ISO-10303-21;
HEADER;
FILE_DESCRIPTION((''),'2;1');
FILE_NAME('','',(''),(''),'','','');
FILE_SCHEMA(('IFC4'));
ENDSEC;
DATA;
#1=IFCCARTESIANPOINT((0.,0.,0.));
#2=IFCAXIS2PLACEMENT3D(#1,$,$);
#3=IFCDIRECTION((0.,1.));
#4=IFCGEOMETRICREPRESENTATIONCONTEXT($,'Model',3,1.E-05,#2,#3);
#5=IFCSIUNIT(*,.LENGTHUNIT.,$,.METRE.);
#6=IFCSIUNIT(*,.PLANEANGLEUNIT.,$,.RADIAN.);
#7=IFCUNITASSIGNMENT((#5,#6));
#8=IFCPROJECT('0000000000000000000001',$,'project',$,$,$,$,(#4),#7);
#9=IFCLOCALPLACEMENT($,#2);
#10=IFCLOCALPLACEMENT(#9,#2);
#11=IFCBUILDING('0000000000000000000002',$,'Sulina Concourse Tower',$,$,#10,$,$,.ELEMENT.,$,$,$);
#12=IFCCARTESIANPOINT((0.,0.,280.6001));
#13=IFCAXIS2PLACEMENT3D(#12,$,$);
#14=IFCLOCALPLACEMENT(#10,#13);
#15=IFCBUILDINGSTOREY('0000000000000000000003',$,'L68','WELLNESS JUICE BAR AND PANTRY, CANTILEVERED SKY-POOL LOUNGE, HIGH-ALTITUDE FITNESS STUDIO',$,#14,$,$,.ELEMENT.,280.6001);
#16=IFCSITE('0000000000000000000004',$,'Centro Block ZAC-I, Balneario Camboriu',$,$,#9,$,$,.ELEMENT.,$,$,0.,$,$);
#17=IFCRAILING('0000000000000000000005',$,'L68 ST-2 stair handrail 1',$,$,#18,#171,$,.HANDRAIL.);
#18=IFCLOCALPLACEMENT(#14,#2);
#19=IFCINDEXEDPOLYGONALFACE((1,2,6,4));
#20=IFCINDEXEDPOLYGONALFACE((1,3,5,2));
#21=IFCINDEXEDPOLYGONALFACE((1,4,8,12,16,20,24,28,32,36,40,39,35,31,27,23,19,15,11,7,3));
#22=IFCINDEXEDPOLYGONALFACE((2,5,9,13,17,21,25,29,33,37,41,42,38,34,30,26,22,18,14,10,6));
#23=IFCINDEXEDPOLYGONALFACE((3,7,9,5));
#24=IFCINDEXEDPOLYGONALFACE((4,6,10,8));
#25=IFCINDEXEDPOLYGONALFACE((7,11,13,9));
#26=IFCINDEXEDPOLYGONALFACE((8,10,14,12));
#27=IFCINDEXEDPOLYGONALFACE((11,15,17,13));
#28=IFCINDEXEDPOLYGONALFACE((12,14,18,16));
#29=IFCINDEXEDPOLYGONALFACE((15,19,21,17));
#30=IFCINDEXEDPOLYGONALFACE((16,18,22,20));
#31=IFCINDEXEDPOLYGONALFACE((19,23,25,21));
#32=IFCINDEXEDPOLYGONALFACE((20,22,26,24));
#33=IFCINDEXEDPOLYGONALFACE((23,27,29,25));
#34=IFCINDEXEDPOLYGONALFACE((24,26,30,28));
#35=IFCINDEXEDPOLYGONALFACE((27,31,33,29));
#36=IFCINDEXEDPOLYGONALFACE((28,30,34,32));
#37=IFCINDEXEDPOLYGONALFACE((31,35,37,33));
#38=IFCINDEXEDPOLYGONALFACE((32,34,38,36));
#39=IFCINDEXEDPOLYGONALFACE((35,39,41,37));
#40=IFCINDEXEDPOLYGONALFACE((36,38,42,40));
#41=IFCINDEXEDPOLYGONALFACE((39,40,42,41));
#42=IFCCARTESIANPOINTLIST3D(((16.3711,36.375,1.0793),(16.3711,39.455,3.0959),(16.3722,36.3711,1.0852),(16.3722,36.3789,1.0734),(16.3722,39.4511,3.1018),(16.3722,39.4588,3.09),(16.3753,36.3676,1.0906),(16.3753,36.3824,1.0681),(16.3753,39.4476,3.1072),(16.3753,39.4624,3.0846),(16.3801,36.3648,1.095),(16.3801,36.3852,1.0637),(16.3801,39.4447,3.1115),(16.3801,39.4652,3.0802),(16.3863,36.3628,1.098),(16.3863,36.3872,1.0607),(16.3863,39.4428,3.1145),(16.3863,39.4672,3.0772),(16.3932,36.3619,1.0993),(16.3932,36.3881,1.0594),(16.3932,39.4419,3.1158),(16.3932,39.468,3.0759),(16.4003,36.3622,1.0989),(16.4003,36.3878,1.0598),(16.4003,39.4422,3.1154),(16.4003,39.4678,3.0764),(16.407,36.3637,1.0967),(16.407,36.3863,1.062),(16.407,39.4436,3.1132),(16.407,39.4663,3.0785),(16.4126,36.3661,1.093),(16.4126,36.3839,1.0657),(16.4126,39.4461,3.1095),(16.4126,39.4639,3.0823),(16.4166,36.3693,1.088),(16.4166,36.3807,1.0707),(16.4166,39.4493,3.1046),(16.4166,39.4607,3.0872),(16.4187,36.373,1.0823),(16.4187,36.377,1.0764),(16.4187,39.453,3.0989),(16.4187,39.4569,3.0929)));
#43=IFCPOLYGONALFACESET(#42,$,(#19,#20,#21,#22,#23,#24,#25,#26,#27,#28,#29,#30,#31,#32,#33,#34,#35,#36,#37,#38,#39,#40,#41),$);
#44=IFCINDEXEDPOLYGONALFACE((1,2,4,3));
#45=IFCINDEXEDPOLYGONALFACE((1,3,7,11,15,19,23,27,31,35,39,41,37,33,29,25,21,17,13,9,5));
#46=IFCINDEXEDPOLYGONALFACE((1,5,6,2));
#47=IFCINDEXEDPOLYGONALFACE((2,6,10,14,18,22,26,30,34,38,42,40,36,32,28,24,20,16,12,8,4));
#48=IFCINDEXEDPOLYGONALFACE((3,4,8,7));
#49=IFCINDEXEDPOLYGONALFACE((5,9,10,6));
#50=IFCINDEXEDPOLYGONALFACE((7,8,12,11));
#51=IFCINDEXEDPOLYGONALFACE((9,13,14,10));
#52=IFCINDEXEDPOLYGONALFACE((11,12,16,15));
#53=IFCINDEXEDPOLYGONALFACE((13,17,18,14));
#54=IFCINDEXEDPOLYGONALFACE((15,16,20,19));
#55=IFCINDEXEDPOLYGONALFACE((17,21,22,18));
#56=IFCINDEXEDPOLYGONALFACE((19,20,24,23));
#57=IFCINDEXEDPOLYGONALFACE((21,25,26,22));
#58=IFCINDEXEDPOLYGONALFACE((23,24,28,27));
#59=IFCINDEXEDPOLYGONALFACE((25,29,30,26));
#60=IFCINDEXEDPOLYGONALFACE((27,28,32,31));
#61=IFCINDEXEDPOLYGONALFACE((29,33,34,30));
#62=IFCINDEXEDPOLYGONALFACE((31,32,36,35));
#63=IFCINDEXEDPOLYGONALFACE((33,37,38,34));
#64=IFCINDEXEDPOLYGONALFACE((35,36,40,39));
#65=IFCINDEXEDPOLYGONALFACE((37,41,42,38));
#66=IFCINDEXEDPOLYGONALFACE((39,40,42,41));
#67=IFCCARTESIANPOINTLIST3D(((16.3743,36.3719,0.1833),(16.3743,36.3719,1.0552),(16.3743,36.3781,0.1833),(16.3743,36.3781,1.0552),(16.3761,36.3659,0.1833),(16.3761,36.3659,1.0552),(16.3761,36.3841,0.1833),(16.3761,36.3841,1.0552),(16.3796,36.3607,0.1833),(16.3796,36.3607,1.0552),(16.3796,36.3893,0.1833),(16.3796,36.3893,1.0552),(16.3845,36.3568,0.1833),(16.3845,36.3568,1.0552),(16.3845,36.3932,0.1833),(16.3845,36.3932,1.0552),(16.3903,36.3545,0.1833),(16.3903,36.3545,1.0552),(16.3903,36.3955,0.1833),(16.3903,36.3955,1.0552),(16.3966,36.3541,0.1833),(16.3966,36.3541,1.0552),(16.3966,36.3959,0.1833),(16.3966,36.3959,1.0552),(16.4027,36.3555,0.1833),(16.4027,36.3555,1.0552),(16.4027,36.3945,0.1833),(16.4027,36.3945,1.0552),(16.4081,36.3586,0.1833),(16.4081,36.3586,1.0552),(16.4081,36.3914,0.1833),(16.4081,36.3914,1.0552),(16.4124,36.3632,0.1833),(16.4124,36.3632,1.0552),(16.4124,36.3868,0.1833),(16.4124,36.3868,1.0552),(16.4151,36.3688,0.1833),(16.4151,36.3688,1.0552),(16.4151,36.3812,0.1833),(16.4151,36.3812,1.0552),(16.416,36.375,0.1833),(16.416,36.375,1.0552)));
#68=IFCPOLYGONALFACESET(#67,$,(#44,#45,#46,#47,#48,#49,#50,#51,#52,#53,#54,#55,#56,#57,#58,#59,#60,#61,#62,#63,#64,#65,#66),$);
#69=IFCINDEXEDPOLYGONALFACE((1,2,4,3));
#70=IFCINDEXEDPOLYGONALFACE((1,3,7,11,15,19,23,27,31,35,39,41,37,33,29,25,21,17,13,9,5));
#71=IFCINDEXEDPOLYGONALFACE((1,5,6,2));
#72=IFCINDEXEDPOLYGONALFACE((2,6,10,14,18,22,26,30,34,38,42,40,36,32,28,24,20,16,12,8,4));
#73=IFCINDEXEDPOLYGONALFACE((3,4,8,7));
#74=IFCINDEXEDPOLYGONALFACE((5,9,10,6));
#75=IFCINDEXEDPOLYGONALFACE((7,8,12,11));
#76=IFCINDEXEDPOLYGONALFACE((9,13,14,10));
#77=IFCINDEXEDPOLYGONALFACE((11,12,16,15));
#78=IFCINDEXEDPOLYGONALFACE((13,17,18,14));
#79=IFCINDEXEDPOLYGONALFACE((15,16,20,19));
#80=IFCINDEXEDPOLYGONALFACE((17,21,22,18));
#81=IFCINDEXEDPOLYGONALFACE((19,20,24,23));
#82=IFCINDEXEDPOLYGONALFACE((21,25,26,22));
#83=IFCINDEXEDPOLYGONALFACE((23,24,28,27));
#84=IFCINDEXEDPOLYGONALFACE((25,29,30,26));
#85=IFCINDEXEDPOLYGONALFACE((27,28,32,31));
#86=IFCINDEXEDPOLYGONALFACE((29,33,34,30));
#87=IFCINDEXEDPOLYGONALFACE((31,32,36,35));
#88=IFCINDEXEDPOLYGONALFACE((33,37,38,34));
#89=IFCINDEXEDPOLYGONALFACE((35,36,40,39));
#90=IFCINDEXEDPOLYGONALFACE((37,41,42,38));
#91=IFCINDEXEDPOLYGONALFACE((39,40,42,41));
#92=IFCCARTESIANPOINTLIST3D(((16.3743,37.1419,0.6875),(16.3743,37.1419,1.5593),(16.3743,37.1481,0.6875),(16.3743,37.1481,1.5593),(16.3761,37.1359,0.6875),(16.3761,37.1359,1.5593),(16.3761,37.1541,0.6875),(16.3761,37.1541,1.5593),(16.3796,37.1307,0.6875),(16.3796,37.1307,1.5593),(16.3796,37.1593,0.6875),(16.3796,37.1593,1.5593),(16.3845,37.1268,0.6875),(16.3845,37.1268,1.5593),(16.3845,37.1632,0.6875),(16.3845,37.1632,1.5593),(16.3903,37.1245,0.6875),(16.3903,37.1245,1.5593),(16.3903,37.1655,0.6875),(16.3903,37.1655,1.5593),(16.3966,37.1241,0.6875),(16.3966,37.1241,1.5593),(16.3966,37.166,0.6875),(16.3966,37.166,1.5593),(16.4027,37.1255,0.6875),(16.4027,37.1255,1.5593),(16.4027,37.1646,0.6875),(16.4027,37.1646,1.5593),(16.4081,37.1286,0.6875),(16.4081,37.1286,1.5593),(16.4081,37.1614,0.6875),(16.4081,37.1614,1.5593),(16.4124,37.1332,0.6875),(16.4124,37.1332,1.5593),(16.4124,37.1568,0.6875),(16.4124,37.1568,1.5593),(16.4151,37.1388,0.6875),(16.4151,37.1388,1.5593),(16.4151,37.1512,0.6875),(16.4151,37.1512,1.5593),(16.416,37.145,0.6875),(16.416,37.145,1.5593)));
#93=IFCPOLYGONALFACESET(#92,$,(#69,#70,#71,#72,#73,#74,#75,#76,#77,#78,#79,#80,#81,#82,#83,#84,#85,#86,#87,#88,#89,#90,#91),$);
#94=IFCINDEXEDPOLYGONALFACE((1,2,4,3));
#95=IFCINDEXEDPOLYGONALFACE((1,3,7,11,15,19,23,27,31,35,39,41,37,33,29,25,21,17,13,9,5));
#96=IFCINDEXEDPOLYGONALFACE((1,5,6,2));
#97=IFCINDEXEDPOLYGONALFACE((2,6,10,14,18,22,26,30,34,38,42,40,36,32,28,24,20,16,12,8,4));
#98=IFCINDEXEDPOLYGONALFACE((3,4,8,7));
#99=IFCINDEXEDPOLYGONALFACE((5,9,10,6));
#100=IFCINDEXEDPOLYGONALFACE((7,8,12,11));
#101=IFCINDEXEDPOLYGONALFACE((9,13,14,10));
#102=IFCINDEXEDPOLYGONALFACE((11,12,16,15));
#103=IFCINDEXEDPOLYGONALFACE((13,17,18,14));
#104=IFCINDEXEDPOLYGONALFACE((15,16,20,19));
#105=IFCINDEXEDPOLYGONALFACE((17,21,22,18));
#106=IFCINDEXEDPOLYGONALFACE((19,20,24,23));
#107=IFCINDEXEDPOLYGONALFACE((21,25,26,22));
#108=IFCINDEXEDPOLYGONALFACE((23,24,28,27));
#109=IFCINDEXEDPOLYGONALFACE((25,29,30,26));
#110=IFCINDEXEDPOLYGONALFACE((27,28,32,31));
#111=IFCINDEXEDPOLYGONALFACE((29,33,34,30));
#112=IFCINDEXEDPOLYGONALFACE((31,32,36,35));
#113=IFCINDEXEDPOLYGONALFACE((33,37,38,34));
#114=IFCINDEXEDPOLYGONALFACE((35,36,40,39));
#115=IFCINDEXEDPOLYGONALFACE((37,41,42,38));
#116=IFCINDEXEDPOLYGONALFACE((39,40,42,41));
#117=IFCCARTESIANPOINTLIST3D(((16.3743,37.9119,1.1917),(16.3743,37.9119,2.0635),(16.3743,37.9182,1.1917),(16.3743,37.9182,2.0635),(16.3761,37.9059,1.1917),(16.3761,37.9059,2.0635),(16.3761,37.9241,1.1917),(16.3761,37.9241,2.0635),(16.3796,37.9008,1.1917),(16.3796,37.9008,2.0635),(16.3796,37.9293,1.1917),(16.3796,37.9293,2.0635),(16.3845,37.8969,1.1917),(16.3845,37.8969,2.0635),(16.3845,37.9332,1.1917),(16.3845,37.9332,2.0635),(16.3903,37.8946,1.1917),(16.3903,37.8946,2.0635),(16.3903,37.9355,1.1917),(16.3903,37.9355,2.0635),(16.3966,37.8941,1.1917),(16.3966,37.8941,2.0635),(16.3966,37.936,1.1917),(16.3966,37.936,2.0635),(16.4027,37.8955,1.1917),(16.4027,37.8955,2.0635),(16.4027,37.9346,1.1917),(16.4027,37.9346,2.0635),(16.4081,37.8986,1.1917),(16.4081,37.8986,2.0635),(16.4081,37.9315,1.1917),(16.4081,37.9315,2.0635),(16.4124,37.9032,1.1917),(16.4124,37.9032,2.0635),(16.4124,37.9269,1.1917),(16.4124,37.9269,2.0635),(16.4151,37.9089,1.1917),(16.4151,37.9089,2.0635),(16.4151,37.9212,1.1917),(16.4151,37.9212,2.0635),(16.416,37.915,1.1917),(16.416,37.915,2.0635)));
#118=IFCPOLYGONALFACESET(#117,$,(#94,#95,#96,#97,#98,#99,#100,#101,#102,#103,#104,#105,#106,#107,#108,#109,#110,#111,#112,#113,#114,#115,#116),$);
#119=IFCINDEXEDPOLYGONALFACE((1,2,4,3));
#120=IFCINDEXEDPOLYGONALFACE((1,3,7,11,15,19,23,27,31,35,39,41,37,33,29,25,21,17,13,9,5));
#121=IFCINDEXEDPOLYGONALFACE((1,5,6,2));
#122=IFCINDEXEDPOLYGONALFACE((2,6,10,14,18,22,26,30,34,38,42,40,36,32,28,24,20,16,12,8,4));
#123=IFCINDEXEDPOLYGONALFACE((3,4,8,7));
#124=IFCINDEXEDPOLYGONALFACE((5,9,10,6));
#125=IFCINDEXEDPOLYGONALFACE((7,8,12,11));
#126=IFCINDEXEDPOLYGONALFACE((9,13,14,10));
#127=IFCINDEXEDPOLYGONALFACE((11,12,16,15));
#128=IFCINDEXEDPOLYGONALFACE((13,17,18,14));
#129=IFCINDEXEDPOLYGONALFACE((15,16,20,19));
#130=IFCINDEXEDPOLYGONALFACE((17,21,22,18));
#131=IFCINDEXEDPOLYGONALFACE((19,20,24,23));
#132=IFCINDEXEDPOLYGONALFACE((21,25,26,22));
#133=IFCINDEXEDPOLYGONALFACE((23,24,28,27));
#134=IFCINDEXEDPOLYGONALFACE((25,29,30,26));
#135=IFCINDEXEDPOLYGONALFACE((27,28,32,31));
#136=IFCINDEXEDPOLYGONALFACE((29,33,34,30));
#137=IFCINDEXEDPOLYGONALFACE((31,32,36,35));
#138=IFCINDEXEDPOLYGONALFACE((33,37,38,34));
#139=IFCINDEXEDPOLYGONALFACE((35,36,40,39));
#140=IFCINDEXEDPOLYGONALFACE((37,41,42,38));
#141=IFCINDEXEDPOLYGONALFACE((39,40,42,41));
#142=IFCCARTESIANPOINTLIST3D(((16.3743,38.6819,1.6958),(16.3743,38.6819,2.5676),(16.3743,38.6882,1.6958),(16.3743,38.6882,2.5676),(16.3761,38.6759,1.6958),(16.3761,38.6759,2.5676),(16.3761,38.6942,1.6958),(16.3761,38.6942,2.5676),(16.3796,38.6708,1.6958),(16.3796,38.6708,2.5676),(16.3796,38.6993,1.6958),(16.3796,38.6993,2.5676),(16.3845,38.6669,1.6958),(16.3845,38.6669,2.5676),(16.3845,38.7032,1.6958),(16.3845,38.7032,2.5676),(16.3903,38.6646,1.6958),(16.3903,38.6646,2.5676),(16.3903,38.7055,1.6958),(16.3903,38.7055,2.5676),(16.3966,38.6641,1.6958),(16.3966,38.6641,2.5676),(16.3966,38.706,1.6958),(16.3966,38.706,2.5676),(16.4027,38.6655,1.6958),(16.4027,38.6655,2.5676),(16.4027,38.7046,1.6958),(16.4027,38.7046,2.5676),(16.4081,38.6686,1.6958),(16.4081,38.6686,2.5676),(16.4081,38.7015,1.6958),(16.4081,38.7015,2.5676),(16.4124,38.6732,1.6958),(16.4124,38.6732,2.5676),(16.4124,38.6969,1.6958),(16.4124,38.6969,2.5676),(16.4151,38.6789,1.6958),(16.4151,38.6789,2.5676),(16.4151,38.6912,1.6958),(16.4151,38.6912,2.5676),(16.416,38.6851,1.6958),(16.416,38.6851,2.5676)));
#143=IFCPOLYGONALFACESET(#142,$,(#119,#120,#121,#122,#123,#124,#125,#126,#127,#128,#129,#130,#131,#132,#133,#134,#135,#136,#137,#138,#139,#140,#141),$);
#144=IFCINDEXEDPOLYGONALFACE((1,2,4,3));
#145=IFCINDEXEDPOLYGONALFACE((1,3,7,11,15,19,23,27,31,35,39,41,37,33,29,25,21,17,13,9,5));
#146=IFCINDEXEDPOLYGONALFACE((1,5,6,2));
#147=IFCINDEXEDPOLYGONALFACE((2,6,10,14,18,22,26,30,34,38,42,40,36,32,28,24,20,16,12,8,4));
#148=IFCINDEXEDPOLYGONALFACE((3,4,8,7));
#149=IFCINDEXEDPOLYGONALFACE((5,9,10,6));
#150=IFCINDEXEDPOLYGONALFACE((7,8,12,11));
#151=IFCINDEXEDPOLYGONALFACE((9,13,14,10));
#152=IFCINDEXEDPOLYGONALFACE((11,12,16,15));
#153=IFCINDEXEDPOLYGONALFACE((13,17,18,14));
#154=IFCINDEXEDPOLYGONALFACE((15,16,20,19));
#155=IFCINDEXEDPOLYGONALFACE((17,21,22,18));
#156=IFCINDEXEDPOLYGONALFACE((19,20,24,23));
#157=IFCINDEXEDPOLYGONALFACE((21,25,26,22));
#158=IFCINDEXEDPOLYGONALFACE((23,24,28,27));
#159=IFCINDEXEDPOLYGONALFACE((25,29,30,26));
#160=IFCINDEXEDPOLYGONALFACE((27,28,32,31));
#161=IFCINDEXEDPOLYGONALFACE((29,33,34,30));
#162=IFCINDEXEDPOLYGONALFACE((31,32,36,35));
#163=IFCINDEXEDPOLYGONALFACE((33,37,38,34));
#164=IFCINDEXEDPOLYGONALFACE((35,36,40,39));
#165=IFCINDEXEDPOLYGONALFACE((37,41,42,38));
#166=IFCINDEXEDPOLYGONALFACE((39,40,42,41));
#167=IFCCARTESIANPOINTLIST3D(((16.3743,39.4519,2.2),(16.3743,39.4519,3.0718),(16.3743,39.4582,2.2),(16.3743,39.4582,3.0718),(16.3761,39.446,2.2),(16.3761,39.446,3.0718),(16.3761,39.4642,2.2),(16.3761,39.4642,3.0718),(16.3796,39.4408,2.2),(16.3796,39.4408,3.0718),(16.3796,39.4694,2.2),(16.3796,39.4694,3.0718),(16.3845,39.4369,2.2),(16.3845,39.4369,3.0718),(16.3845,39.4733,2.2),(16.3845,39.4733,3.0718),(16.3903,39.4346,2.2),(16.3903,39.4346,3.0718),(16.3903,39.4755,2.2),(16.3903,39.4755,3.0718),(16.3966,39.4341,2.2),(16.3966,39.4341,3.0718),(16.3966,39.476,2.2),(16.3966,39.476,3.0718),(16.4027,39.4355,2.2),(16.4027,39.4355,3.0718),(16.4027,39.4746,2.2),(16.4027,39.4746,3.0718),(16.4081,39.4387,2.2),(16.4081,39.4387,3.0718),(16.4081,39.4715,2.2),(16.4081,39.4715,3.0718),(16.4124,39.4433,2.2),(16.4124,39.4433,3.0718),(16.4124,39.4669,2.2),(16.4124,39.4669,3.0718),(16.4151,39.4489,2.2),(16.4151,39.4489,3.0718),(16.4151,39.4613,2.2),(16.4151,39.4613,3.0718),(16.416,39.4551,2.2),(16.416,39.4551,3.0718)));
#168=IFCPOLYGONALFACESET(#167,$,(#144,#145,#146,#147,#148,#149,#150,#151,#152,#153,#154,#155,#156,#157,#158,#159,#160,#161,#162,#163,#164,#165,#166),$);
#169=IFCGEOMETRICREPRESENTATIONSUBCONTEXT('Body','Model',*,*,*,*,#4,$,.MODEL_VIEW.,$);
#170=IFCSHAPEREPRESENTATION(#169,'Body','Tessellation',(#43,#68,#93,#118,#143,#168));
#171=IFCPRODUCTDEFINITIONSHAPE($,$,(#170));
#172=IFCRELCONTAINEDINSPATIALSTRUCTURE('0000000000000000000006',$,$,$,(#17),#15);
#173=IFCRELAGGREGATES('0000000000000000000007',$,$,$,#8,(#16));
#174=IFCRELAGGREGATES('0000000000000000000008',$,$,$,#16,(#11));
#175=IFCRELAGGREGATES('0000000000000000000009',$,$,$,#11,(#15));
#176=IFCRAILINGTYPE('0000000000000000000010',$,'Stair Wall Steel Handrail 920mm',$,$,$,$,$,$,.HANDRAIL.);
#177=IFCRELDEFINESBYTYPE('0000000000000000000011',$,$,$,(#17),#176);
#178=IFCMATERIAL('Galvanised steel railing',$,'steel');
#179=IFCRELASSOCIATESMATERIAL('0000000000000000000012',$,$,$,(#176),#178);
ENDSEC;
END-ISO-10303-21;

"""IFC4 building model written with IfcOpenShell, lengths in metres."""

from ifc_helpers import new_model, si_unit, direction, frame, origin, origin_2d, place, context, subcontext, project, spatial, circle, extrude, material, type_object, element, save


model = new_model("IFC4")

# Units and contexts
model_context = context("Model", 3, precision=1e-05, world=origin(), true_north=direction((0.0, 1.0)))
body_context = subcontext(model_context, "Body", "Model", "MODEL_VIEW")
ifc_project = project(units=[si_unit("LENGTHUNIT", "METRE"), si_unit("PLANEANGLEUNIT", "RADIAN")], contexts=[model_context])

# Site, building, storey
site_placement = place(None, origin())
site = spatial("IfcSite", under=ifc_project, at=site_placement, Name="Centro Block ZAC-I, Balneario Camboriu", CompositionType="ELEMENT", RefElevation=0.0)
building_placement = place(site_placement, origin())
building = spatial("IfcBuilding", under=site, at=building_placement, Name="Sulina Concourse Tower", CompositionType="ELEMENT")
storey_placement = place(building_placement, frame((0.0, 0.0, 280.6001)))
storey = spatial("IfcBuildingStorey", under=building, at=storey_placement, Name="L68", Description="WELLNESS JUICE BAR AND PANTRY, CANTILEVERED SKY-POOL LOUNGE, HIGH-ALTITUDE FITNESS STUDIO", CompositionType="ELEMENT", Elevation=280.6001)

# Railing
ifc_material_1 = material(Name="Galvanised steel railing", Category="steel")
railing_type_1 = type_object("IfcRailingType", Name="Stair Wall Steel Handrail 920mm", PredefinedType="HANDRAIL", material=ifc_material_1)
railing_1_placement = place(storey_placement, frame((16.395, 36.375, 0.1833)))
element("IfcRailing", 1, at=railing_1_placement, inside=storey, type_object=railing_type_1, Name="L68 ST-2 stair handrail 1", PredefinedType="HANDRAIL", context=body_context, shape_type="SweptSolid", body=[
    extrude(circle(Radius=0.0239, at=origin_2d()), frame((0.0, 0.0, 0.896), z_axis=(0.0, 0.836633, 0.547764), x_axis=(-1.0, 0.0, 0.0)), (0.0, 0.0, 1.0), 3.6814),
    extrude(circle(Radius=0.021, at=origin_2d()), origin(), (0.0, 0.0, 1.0), 0.8718),
    extrude(circle(Radius=0.021, at=origin_2d()), frame((0.0, 0.77, 0.5042)), (0.0, 0.0, 1.0), 0.8718),
    extrude(circle(Radius=0.021, at=origin_2d()), frame((0.0, 1.54, 1.0083)), (0.0, 0.0, 1.0), 0.8718),
    extrude(circle(Radius=0.021, at=origin_2d()), frame((0.0, 2.3101, 1.5125)), (0.0, 0.0, 1.0), 0.8718),
    extrude(circle(Radius=0.021, at=origin_2d()), frame((0.0, 3.0801, 2.0166)), (0.0, 0.0, 1.0), 0.8718),
])

save(model, "model.ifc")
